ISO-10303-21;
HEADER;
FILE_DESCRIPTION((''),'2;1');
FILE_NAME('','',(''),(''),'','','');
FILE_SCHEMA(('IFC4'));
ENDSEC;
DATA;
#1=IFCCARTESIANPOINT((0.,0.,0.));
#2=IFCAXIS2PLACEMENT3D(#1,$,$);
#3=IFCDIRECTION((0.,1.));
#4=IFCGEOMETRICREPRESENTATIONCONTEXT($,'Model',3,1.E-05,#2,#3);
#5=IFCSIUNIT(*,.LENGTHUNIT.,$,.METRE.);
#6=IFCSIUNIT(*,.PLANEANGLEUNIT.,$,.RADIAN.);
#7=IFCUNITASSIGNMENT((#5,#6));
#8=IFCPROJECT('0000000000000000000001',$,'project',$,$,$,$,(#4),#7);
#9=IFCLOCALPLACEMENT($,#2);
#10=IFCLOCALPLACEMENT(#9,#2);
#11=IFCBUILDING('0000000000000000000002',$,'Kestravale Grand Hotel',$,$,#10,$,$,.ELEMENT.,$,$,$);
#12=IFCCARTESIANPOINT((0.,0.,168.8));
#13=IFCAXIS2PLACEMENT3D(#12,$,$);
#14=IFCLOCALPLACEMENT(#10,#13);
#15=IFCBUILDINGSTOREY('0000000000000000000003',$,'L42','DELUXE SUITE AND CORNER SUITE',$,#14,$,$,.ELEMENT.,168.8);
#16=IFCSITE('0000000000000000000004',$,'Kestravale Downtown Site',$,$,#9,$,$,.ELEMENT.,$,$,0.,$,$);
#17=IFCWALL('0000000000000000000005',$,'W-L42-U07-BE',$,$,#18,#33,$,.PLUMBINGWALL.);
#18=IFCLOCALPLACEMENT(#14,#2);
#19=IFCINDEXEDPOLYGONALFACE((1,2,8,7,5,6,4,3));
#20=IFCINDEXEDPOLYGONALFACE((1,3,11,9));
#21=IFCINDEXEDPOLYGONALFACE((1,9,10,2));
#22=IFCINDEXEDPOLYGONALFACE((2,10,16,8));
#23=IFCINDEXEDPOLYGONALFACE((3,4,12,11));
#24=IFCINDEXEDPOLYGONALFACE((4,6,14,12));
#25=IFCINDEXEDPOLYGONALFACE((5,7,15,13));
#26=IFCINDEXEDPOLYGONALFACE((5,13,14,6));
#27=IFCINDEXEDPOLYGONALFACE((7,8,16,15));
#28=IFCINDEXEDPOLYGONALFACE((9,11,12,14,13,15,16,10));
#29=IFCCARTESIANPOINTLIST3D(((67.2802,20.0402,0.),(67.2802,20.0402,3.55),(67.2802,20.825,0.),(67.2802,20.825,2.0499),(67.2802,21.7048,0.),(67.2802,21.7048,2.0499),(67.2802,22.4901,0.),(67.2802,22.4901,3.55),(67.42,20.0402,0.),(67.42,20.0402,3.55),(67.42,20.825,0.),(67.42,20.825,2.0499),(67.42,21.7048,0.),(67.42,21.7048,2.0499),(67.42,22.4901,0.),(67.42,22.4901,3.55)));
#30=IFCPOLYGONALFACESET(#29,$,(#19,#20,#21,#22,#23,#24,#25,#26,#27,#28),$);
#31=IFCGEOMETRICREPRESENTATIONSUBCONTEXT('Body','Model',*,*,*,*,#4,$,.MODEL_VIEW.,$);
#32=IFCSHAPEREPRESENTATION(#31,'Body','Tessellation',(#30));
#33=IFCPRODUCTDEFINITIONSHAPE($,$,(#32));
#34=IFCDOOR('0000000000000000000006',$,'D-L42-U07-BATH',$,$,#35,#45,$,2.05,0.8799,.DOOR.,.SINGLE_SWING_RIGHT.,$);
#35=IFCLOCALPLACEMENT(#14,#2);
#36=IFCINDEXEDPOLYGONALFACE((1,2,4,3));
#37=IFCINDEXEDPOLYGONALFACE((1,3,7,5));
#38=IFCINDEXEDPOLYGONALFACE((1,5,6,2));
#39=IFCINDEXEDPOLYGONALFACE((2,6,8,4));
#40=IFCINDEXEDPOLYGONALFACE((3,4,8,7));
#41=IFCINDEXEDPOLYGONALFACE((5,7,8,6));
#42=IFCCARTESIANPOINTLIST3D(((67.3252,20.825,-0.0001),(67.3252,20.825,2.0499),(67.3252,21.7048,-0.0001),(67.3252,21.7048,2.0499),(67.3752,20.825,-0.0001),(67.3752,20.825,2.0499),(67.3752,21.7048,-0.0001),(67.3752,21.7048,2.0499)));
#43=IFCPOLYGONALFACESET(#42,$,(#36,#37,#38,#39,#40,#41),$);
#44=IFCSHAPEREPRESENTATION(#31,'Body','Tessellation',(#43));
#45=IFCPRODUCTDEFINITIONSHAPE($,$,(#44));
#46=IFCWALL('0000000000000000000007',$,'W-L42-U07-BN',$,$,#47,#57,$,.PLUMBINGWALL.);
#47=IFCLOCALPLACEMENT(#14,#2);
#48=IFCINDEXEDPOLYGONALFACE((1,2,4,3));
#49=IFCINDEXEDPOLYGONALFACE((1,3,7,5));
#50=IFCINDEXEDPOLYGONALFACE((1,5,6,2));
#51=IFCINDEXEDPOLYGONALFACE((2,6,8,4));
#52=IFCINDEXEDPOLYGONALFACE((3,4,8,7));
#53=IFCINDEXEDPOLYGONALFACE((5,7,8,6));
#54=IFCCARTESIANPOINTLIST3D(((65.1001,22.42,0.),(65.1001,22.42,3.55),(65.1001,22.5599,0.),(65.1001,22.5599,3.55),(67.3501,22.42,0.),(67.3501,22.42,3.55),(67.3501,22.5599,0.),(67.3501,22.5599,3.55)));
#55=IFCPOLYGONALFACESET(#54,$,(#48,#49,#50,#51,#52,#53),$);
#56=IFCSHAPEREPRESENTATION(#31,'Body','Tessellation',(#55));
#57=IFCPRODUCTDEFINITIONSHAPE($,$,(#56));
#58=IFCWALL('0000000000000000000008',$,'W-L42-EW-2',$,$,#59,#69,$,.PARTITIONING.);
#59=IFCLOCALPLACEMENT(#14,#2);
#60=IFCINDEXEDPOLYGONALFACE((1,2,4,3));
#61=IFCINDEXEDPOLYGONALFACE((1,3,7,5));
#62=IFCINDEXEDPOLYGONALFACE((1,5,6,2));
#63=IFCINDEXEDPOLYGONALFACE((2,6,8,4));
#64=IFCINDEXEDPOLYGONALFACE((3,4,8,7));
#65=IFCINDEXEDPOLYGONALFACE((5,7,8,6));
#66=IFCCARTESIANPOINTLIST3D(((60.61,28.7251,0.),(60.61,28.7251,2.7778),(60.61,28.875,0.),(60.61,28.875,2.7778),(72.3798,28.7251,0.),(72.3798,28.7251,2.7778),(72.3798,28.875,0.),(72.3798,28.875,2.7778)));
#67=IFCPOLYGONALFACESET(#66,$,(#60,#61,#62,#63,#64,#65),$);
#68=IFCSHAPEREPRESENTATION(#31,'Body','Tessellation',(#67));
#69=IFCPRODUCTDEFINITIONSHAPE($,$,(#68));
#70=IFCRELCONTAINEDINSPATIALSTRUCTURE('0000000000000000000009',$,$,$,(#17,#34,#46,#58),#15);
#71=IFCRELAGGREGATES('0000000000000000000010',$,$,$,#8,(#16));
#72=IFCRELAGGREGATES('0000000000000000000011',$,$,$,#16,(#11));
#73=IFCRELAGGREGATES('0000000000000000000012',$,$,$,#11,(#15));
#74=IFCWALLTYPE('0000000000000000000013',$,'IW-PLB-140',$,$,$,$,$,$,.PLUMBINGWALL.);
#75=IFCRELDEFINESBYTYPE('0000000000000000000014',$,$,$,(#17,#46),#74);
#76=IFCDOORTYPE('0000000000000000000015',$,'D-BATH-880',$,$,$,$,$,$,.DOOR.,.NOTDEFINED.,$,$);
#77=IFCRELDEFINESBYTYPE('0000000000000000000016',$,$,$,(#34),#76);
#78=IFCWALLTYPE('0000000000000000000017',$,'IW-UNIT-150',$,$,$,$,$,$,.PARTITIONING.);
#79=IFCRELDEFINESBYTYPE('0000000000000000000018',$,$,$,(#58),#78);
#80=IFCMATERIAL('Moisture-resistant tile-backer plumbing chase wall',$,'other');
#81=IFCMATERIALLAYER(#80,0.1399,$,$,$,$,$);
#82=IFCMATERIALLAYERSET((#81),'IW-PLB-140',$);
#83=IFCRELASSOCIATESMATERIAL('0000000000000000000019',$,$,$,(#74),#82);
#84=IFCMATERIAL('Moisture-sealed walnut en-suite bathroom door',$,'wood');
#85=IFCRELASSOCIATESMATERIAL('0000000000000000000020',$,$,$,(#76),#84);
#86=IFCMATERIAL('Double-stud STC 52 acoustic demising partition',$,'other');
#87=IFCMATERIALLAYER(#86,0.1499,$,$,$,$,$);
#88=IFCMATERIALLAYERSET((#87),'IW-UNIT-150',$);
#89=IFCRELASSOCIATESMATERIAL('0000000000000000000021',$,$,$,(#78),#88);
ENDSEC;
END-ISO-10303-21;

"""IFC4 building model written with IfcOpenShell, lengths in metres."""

from ifc_helpers import new_model, si_unit, direction, frame, frame_2d, origin, place, context, subcontext, project, spatial, rectangle, extrude, material, layer, layer_set, type_object, element, fill, save


model = new_model("IFC4")

# Units and contexts
model_context = context("Model", 3, precision=1e-05, world=origin(), true_north=direction((0.0, 1.0)))
body_context = subcontext(model_context, "Body", "Model", "MODEL_VIEW")
ifc_project = project(units=[si_unit("LENGTHUNIT", "METRE"), si_unit("PLANEANGLEUNIT", "RADIAN")], contexts=[model_context])

# Site, building, storey
site_placement = place(None, origin())
site = spatial("IfcSite", under=ifc_project, at=site_placement, Name="Kestravale Downtown Site", CompositionType="ELEMENT", RefElevation=0.0)
building_placement = place(site_placement, origin())
building = spatial("IfcBuilding", under=site, at=building_placement, Name="Kestravale Grand Hotel", CompositionType="ELEMENT")
storey_placement = place(building_placement, frame((0.0, 0.0, 168.8)))
storey = spatial("IfcBuildingStorey", under=building, at=storey_placement, Name="L42", Description="DELUXE SUITE AND CORNER SUITE", CompositionType="ELEMENT", Elevation=168.8)

# Shared definitions
ifc_material_1 = material(Name="Moisture-resistant tile-backer plumbing chase wall", Category="other")
ifc_layer_1 = layer(ifc_material_1, 0.1399)
ifc_layer_set_1 = layer_set([ifc_layer_1], Name="IW-PLB-140")
wall_type_1 = type_object("IfcWallType", Name="IW-PLB-140", PredefinedType="PLUMBINGWALL", material=ifc_layer_set_1)

# Wall, opening, door
wall_1_placement = place(storey_placement, frame((67.3501, 20.04, 0.0), z_axis=(0.0, 0.0, 1.0), x_axis=(0.0, 1.0, 0.0)))
wall_1 = element("IfcWall", 1, at=wall_1_placement, inside=storey, type_object=wall_type_1, Name="W-L42-U07-BE", PredefinedType="PLUMBINGWALL", context=body_context, shape_type="SweptSolid", body=[
    extrude(rectangle(XDim=2.45, YDim=0.1399, at=frame_2d((1.2251, 0.0))), origin(), (0.0, 0.0, 1.0), 3.55),
])
opening_placement = place(wall_1_placement, frame((0.7849, 0.0, 0.0)))
opening = element("IfcOpeningElement", 2, at=opening_placement, cuts=wall_1, PredefinedType="OPENING", context=body_context, shape_type="SweptSolid", body=[
    extrude(rectangle(XDim=0.8799, YDim=2.05, at=frame_2d((0.4399, 1.0249))), frame((0.0, 0.0798, 0.0), z_axis=(0.0, -1.0, 0.0), x_axis=(1.0, 0.0, 0.0)), (0.0, 0.0, 1.0), 0.1599),
])
ifc_material_2 = material(Name="Moisture-sealed walnut en-suite bathroom door", Category="wood")
door_type = type_object("IfcDoorType", Name="D-BATH-880", OperationType="NOTDEFINED", PredefinedType="DOOR", material=ifc_material_2)
door_placement = place(opening_placement, origin())
door = element("IfcDoor", 3, at=door_placement, inside=storey, type_object=door_type, Name="D-L42-U07-BATH", OperationType="SINGLE_SWING_RIGHT", OverallHeight=2.05, OverallWidth=0.8799, PredefinedType="DOOR", context=body_context, shape_type="SweptSolid", body=[
    extrude(rectangle(XDim=0.8799, YDim=2.05, at=frame_2d((0.4399, 1.0249))), frame((0.0, 0.0249, 0.0), z_axis=(0.0, -1.0, 0.0), x_axis=(1.0, 0.0, 0.0)), (0.0, 0.0, 1.0), 0.05),
])
fill(opening, door)

# Walls
wall_2_placement = place(storey_placement, frame((65.1001, 22.49, 0.0), z_axis=(0.0, 0.0, 1.0), x_axis=(1.0, 0.0, 0.0)))
element("IfcWall", 4, at=wall_2_placement, inside=storey, type_object=wall_type_1, Name="W-L42-U07-BN", PredefinedType="PLUMBINGWALL", context=body_context, shape_type="SweptSolid", body=[
    extrude(rectangle(XDim=2.25, YDim=0.1399, at=frame_2d((1.125, 0.0))), origin(), (0.0, 0.0, 1.0), 3.55),
])
ifc_material_3 = material(Name="Double-stud STC 52 acoustic demising partition", Category="other")
ifc_layer_2 = layer(ifc_material_3, 0.1499)
ifc_layer_set_2 = layer_set([ifc_layer_2], Name="IW-UNIT-150")
wall_type_2 = type_object("IfcWallType", Name="IW-UNIT-150", PredefinedType="PARTITIONING", material=ifc_layer_set_2)
wall_3_placement = place(storey_placement, frame((60.6101, 28.8, 0.0), z_axis=(0.0, 0.0, 1.0), x_axis=(1.0, 0.0, 0.0)))
element("IfcWall", 5, at=wall_3_placement, inside=storey, type_object=wall_type_2, Name="W-L42-EW-2", PredefinedType="PARTITIONING", context=body_context, shape_type="SweptSolid", body=[
    extrude(rectangle(XDim=11.7698, YDim=0.1499, at=frame_2d((5.8848, 0.0))), origin(), (0.0, 0.0, 1.0), 2.7778),
])

save(model, "model.ifc")
